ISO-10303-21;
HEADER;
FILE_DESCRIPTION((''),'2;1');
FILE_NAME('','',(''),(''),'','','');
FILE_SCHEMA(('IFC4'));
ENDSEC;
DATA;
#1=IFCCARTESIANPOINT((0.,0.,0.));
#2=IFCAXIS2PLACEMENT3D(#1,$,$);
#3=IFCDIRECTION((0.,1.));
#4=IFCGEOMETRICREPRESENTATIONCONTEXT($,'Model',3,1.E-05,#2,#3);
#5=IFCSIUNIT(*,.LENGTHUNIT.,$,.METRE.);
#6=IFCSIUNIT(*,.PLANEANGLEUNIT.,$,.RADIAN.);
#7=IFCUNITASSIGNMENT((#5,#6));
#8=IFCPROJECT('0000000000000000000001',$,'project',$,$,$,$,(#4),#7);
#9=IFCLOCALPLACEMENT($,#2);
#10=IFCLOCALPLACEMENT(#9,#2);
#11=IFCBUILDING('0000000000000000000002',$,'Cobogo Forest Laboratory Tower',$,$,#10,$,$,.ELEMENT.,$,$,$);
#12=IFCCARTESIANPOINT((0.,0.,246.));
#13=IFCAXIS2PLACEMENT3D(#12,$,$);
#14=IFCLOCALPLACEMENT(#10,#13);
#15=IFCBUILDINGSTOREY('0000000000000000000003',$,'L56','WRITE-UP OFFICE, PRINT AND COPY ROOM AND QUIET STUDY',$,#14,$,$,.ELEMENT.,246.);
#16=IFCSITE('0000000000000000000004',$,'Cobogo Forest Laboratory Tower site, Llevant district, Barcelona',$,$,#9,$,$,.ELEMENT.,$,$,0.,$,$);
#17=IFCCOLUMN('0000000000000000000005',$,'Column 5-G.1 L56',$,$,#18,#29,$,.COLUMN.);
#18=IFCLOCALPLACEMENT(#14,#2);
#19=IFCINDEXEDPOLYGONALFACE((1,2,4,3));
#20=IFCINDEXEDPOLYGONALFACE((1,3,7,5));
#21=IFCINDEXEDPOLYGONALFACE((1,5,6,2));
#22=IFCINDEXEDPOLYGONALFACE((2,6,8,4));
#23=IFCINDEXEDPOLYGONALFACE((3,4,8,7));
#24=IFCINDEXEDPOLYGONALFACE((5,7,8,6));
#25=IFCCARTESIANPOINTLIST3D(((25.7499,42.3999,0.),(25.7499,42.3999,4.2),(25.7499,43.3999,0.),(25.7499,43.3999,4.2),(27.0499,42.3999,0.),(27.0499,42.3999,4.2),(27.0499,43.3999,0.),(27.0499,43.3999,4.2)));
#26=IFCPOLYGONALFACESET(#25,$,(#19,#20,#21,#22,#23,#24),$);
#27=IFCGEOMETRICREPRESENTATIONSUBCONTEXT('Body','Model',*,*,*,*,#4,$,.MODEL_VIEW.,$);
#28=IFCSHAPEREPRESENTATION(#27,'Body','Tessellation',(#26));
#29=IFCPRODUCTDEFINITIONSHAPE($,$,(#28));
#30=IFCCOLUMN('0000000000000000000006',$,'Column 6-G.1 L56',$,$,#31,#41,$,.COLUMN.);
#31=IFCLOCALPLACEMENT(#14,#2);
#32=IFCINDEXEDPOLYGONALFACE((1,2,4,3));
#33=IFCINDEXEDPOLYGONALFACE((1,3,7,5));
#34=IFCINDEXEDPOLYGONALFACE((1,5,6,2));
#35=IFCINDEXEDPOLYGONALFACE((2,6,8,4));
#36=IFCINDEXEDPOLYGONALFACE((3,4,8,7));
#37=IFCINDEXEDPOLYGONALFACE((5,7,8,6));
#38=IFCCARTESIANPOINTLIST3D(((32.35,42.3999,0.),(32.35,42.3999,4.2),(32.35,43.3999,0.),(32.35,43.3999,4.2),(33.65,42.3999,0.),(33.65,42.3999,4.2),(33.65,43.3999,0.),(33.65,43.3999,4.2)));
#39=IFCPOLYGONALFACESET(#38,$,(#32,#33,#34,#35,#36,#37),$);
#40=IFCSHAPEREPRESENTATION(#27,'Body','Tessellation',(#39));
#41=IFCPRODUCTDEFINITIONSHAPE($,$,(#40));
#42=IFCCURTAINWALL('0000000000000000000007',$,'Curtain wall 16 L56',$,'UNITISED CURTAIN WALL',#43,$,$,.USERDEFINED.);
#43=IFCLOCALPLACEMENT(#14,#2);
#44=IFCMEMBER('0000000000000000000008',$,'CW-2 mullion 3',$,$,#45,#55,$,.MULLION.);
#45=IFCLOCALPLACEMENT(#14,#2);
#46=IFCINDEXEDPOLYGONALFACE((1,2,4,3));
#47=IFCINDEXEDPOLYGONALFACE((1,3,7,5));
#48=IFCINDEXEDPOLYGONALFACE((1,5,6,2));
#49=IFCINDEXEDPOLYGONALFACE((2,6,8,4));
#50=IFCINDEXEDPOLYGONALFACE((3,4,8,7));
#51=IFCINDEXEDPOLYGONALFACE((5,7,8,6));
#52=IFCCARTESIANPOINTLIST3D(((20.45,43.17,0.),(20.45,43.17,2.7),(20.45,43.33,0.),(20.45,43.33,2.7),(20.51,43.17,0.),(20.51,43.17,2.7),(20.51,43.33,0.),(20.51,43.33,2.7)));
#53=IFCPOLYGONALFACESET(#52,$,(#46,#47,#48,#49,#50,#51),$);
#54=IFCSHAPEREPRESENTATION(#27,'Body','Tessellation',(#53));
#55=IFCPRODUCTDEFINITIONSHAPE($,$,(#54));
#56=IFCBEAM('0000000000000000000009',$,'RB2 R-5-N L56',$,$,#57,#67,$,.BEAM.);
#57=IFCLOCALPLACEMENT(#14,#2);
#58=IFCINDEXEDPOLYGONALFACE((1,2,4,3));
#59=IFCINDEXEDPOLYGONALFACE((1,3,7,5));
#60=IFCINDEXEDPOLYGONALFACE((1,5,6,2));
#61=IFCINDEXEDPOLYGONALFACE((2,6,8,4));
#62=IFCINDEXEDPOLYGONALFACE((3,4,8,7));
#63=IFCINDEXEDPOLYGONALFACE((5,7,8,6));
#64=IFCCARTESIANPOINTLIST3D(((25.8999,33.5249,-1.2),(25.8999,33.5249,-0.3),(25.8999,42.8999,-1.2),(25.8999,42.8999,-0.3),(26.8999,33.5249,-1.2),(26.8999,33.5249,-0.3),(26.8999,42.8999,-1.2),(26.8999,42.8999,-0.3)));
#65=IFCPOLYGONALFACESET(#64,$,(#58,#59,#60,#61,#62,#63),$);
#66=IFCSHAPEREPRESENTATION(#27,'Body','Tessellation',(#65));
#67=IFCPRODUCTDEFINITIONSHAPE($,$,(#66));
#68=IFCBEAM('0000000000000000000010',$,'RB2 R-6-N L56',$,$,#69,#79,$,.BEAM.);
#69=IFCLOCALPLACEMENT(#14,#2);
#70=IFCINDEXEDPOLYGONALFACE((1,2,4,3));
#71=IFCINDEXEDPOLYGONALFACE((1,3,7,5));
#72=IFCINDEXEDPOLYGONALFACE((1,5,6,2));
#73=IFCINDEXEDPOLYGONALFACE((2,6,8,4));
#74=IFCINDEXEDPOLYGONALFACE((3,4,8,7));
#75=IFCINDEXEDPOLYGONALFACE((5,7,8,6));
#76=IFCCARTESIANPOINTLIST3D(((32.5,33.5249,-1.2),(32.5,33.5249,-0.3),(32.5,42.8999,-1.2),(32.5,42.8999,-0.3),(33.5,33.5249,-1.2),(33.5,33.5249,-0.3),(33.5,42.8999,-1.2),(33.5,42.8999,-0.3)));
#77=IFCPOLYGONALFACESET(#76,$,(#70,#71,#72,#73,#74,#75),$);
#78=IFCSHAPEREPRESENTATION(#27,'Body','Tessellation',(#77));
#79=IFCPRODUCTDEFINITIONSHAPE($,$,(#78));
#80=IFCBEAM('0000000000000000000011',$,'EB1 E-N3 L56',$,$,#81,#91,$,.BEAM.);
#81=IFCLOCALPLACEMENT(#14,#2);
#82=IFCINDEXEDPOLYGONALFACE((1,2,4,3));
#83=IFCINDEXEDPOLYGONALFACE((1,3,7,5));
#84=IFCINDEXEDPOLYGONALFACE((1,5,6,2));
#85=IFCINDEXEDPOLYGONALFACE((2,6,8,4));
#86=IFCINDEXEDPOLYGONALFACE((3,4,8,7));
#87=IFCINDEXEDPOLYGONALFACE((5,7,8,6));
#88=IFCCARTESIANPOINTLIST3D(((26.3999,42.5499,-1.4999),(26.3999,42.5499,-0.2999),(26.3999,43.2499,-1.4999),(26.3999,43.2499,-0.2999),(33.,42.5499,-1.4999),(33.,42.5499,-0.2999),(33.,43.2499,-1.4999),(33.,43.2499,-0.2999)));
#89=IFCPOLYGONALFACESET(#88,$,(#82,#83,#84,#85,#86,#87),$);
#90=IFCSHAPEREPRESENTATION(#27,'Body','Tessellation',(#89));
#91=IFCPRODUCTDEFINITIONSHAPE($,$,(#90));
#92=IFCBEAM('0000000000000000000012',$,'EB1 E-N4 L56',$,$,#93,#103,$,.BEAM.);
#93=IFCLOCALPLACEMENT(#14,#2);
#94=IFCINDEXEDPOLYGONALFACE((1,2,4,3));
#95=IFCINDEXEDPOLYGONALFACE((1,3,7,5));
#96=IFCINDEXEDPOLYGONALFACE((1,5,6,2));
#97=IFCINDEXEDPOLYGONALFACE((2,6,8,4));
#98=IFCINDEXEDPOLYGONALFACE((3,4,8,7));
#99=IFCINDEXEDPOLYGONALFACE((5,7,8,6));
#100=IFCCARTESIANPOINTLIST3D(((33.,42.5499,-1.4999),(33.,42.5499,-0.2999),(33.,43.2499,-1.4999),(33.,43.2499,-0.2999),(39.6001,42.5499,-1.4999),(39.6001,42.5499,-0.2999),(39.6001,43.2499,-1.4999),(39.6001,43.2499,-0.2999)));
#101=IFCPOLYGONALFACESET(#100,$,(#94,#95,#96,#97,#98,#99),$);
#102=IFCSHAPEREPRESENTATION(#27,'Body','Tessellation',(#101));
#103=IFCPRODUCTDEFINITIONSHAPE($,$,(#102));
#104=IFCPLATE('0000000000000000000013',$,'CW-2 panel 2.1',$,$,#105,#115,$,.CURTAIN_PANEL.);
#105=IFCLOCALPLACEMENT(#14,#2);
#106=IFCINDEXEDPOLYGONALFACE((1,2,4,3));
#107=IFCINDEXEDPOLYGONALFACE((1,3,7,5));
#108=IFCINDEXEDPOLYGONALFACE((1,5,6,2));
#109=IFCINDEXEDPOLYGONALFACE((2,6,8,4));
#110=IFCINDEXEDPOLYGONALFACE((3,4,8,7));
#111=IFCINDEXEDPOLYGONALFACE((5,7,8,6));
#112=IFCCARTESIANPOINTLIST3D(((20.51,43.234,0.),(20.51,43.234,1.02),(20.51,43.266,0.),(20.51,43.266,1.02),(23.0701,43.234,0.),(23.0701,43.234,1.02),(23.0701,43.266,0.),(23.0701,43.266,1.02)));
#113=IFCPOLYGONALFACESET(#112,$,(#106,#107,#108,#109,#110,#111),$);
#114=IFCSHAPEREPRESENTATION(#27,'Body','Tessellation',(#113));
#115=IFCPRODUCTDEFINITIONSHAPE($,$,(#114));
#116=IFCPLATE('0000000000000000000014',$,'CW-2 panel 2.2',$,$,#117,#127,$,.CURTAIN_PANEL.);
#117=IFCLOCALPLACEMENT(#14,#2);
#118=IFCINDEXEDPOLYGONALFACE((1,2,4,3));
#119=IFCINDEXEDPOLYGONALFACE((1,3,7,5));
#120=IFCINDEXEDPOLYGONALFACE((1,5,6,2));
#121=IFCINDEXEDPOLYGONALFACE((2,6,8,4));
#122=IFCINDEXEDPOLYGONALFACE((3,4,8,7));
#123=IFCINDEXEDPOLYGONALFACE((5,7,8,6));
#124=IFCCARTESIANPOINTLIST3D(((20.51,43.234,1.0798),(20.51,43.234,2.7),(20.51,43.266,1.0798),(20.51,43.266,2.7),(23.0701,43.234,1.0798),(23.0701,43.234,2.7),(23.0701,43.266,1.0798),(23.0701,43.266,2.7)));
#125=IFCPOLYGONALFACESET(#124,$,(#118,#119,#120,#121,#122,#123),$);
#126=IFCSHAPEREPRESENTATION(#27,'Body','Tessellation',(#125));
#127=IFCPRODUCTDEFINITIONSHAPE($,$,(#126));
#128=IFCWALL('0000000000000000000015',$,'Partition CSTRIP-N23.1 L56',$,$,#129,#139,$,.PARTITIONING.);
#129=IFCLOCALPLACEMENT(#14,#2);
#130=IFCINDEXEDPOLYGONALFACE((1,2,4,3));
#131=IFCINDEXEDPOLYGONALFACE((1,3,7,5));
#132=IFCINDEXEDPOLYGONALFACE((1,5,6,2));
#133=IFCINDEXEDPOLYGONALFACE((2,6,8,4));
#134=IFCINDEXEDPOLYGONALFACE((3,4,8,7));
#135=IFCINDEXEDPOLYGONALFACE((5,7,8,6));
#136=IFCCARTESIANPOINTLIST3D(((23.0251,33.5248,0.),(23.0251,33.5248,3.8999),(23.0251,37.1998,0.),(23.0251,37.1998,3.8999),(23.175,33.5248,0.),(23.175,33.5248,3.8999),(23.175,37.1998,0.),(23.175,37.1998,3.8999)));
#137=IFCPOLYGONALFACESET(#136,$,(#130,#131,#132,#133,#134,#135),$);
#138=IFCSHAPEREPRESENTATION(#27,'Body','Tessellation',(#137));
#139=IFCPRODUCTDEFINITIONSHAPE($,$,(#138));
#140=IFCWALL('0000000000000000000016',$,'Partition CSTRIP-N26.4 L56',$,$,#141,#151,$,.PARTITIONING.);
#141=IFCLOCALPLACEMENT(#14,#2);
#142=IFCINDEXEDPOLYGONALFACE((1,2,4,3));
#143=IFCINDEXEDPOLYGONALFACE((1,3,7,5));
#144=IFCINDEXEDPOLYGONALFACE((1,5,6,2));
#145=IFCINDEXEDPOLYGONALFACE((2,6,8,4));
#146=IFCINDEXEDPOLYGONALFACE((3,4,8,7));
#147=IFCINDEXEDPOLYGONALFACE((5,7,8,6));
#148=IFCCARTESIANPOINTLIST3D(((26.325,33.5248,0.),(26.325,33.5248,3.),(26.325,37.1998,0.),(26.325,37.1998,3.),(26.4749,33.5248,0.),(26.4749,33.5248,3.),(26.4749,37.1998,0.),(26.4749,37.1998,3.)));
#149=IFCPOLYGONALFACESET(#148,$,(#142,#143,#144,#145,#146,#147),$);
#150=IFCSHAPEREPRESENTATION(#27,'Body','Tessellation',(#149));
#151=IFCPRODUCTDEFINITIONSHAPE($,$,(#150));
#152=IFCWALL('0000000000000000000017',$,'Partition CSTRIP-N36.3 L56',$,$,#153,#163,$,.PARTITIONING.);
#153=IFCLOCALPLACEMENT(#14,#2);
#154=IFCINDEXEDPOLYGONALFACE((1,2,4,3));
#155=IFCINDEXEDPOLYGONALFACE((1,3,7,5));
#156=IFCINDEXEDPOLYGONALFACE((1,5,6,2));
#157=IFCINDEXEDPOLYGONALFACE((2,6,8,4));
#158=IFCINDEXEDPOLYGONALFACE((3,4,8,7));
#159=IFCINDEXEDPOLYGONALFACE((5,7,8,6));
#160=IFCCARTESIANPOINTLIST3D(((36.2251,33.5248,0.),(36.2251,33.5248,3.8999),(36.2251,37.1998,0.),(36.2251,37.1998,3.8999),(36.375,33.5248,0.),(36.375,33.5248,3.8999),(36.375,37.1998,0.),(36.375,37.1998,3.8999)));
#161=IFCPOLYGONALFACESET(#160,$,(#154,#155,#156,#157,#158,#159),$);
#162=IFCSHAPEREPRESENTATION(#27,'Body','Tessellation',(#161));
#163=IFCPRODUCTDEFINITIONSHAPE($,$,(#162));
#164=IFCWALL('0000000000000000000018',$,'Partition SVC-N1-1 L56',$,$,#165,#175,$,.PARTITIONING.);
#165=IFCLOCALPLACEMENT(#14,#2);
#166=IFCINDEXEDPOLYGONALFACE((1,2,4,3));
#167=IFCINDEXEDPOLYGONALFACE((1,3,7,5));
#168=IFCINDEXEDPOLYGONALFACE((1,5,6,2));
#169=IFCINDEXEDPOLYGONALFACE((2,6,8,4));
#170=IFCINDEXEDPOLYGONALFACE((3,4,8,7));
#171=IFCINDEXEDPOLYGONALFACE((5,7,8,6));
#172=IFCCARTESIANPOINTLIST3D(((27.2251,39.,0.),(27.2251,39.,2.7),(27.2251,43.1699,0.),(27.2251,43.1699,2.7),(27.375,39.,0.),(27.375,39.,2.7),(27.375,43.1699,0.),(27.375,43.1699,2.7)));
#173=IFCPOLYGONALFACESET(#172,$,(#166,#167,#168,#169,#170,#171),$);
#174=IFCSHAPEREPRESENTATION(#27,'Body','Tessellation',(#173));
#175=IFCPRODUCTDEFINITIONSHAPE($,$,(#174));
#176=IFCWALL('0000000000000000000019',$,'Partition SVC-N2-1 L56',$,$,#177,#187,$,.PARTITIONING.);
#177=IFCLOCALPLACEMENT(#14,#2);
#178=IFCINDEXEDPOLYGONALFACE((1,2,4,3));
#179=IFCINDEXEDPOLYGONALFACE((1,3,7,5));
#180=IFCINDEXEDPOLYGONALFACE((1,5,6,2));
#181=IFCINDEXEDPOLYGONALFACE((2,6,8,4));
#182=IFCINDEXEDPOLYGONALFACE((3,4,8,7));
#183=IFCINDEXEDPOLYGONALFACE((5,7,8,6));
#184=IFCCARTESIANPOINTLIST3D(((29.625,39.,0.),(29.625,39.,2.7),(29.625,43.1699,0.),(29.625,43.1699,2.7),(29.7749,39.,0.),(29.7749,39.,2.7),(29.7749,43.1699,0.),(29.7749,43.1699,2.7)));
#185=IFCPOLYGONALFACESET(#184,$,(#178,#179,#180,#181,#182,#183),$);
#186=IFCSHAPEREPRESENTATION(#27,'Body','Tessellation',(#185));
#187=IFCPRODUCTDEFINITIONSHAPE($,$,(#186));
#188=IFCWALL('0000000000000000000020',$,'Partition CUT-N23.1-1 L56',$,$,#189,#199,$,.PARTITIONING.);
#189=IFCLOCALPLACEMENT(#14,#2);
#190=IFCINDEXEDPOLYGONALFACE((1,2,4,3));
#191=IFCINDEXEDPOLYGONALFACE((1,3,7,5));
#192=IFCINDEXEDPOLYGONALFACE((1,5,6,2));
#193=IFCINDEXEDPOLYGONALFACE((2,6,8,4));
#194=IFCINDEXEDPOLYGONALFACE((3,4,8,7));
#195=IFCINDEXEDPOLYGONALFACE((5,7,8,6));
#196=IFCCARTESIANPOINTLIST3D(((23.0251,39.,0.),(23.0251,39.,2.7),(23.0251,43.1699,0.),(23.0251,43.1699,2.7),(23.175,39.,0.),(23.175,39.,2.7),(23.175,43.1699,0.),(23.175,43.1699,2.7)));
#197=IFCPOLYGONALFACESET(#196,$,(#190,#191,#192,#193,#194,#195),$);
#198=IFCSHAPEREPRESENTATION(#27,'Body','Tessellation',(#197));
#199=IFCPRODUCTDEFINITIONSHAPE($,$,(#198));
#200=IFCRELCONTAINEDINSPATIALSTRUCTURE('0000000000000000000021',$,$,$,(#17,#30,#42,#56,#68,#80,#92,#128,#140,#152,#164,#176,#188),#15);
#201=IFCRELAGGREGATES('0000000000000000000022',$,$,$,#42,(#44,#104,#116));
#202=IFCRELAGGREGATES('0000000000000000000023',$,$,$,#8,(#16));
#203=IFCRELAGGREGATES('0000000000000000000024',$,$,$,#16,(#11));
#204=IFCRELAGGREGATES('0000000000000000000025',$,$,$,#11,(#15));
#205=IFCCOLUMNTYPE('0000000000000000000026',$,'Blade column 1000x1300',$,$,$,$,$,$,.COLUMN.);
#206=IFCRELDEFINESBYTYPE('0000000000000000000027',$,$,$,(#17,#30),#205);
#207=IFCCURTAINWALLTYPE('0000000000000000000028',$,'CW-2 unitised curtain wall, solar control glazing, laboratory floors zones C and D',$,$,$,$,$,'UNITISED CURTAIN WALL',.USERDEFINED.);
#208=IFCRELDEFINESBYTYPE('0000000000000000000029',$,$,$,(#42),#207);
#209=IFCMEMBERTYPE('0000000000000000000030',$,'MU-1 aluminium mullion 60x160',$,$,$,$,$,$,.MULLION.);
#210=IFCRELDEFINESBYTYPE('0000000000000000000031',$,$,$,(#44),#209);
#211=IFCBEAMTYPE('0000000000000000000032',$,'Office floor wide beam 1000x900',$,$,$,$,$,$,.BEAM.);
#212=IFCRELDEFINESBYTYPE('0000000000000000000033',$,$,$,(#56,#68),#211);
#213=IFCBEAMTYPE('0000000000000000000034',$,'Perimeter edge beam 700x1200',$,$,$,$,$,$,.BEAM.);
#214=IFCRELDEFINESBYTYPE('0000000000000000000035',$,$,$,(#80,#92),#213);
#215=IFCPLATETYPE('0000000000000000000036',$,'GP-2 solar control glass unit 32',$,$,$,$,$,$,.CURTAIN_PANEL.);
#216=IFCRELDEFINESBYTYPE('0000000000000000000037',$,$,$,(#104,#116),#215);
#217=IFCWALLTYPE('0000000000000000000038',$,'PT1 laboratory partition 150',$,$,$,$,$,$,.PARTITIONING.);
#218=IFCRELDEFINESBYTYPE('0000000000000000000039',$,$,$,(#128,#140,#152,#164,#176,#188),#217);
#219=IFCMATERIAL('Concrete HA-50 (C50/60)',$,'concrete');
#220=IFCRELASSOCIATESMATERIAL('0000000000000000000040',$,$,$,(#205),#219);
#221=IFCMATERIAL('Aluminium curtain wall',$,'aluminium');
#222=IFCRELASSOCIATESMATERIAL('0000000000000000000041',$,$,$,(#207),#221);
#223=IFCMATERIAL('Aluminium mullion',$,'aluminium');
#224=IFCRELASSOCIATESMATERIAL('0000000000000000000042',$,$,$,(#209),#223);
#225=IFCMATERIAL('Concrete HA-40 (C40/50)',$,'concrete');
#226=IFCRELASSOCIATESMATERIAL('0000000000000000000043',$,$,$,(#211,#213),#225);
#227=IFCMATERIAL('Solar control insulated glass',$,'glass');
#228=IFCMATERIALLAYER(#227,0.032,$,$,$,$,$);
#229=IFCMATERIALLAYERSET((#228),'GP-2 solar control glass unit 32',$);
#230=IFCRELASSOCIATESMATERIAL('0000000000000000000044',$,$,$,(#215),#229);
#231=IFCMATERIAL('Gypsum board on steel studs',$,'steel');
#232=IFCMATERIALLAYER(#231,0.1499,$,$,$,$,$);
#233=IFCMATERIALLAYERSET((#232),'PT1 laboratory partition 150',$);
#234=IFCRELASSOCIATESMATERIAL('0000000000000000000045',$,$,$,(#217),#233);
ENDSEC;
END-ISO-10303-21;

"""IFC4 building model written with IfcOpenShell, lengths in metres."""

from ifc_helpers import new_model, si_unit, direction, frame, frame_2d, origin, origin_2d, place, context, subcontext, project, spatial, rectangle, extrude, material, layer, layer_set, material_profile, profile_set, type_object, element, aggregate, save


model = new_model("IFC4")

# Units and contexts
model_context = context("Model", 3, precision=1e-05, world=origin(), true_north=direction((0.0, 1.0)))
body_context = subcontext(model_context, "Body", "Model", "MODEL_VIEW")
ifc_project = project(units=[si_unit("LENGTHUNIT", "METRE"), si_unit("PLANEANGLEUNIT", "RADIAN")], contexts=[model_context])

# Site, building, storey
site_placement = place(None, origin())
site = spatial("IfcSite", under=ifc_project, at=site_placement, Name="Cobogo Forest Laboratory Tower site, Llevant district, Barcelona", CompositionType="ELEMENT", RefElevation=0.0)
building_placement = place(site_placement, origin())
building = spatial("IfcBuilding", under=site, at=building_placement, Name="Cobogo Forest Laboratory Tower", CompositionType="ELEMENT")
storey_placement = place(building_placement, frame((0.0, 0.0, 246.0)))
storey = spatial("IfcBuildingStorey", under=building, at=storey_placement, Name="L56", Description="WRITE-UP OFFICE, PRINT AND COPY ROOM AND QUIET STUDY", CompositionType="ELEMENT", Elevation=246.0)

# Columns
ifc_material_1 = material(Name="Concrete HA-50 (C50/60)", Category="concrete")
ifc_material_profile_1 = material_profile(ifc_material_1, rectangle(XDim=1.3, YDim=1.0, at=origin_2d()), Name="RC 1000x1300")
ifc_profile_set_1 = profile_set([ifc_material_profile_1], Name="Concrete HA-50 (C50/60)")
column_type = type_object("IfcColumnType", Name="Blade column 1000x1300", PredefinedType="COLUMN", material=ifc_profile_set_1)
for number, where, z_axis, x_axis, name in (
    (1, (26.3999, 42.8999, 0.0), (0.0, 0.0, 1.0), (1.0, 0.0, 0.0), "Column 5-G.1 L56"),
    (2, (33.0, 42.8999, 0.0), (0.0, 0.0, 1.0), (1.0, 0.0, 0.0), "Column 6-G.1 L56"),
):
    element("IfcColumn", number, at=place(storey_placement, frame(where, z_axis=z_axis, x_axis=x_axis)), inside=storey, type_object=column_type, Name=name, PredefinedType="COLUMN", context=body_context, shape_type="SweptSolid", body=[
        extrude(rectangle(XDim=1.3, YDim=1.0, at=origin_2d()), origin(), (0.0, 0.0, 1.0), 4.2),
    ])

# Curtain wall, member
ifc_material_2 = material(Name="Aluminium curtain wall", Category="aluminium")
curtain_wall_type = type_object("IfcCurtainWallType", Name="CW-2 unitised curtain wall, solar control glazing, laboratory floors zones C and D", ElementType="UNITISED CURTAIN WALL", PredefinedType="USERDEFINED", material=ifc_material_2)
curtain_wall_placement = place(storey_placement, origin())
curtain_wall = element("IfcCurtainWall", 3, at=curtain_wall_placement, inside=storey, type_object=curtain_wall_type, Name="Curtain wall 16 L56", ObjectType="UNITISED CURTAIN WALL", PredefinedType="USERDEFINED")
ifc_material_3 = material(Name="Aluminium mullion", Category="aluminium")
ifc_material_profile_2 = material_profile(ifc_material_3, rectangle(XDim=0.0601, YDim=0.1599, at=origin_2d()), Name="AL 60x160")
ifc_profile_set_2 = profile_set([ifc_material_profile_2], Name="Aluminium mullion")
member_type = type_object("IfcMemberType", Name="MU-1 aluminium mullion 60x160", PredefinedType="MULLION", material=ifc_profile_set_2)
member_placement = place(storey_placement, frame((20.48, 43.25, 0.0), z_axis=(0.0, 0.0, 1.0), x_axis=(-1.0, 0.0, 0.0)))
member = element("IfcMember", 4, at=member_placement, type_object=member_type, Name="CW-2 mullion 3", PredefinedType="MULLION", context=body_context, shape_type="SweptSolid", body=[
    extrude(rectangle(XDim=0.0601, YDim=0.1599, at=origin_2d()), origin(), (0.0, 0.0, 1.0), 2.7),
])

# Beams
ifc_material_4 = material(Name="Concrete HA-40 (C40/50)", Category="concrete")
ifc_material_profile_3 = material_profile(ifc_material_4, rectangle(XDim=1.0, YDim=0.8999, at=origin_2d()), Name="RC 1000x900")
ifc_profile_set_3 = profile_set([ifc_material_profile_3], Name="Concrete HA-40 (C40/50)")
beam_type_1 = type_object("IfcBeamType", Name="Office floor wide beam 1000x900", PredefinedType="BEAM", material=ifc_profile_set_3)
for number, where, z_axis, x_axis, name in (
    (5, (26.3999, 33.5249, -0.75), (0.0, 1.0, 0.0), (-1.0, 0.0, 0.0), "RB2 R-5-N L56"),
    (6, (33.0, 33.5249, -0.75), (0.0, 1.0, 0.0), (-1.0, 0.0, 0.0), "RB2 R-6-N L56"),
):
    element("IfcBeam", number, at=place(storey_placement, frame(where, z_axis=z_axis, x_axis=x_axis)), inside=storey, type_object=beam_type_1, Name=name, PredefinedType="BEAM", context=body_context, shape_type="SweptSolid", body=[
        extrude(rectangle(XDim=1.0, YDim=0.8999, at=origin_2d()), origin(), (0.0, 0.0, 1.0), 9.375),
    ])
ifc_material_profile_4 = material_profile(ifc_material_4, rectangle(XDim=0.7, YDim=1.2, at=origin_2d()), Name="RC 700x1200")
ifc_profile_set_4 = profile_set([ifc_material_profile_4], Name="Concrete HA-40 (C40/50)")
beam_type_2 = type_object("IfcBeamType", Name="Perimeter edge beam 700x1200", PredefinedType="BEAM", material=ifc_profile_set_4)
for number, where, z_axis, x_axis, name in (
    (7, (26.3999, 42.8999, -0.8999), (1.0, 0.0, 0.0), (0.0, 1.0, 0.0), "EB1 E-N3 L56"),
    (8, (33.0, 42.8999, -0.8999), (1.0, 0.0, 0.0), (0.0, 1.0, 0.0), "EB1 E-N4 L56"),
):
    element("IfcBeam", number, at=place(storey_placement, frame(where, z_axis=z_axis, x_axis=x_axis)), inside=storey, type_object=beam_type_2, Name=name, PredefinedType="BEAM", context=body_context, shape_type="SweptSolid", body=[
        extrude(rectangle(XDim=0.7, YDim=1.2, at=origin_2d()), origin(), (0.0, 0.0, 1.0), 6.6001),
    ])

# Plates
ifc_material_5 = material(Name="Solar control insulated glass", Category="glass")
ifc_layer_1 = layer(ifc_material_5, 0.032)
ifc_layer_set_1 = layer_set([ifc_layer_1], Name="GP-2 solar control glass unit 32")
plate_type = type_object("IfcPlateType", Name="GP-2 solar control glass unit 32", PredefinedType="CURTAIN_PANEL", material=ifc_layer_set_1)
plate_1_placement = place(storey_placement, frame((21.79, 43.25, 0.0), z_axis=(0.0, 0.0, 1.0), x_axis=(-1.0, 0.0, 0.0)))
plate_1 = element("IfcPlate", 9, at=plate_1_placement, type_object=plate_type, Name="CW-2 panel 2.1", PredefinedType="CURTAIN_PANEL", context=body_context, shape_type="SweptSolid", body=[
    extrude(rectangle(XDim=2.5601, YDim=0.032, at=origin_2d()), origin(), (0.0, 0.0, 1.0), 1.02),
])
plate_2_placement = place(storey_placement, frame((21.79, 43.25, 1.0798), z_axis=(0.0, 0.0, 1.0), x_axis=(-1.0, 0.0, 0.0)))
plate_2 = element("IfcPlate", 10, at=plate_2_placement, type_object=plate_type, Name="CW-2 panel 2.2", PredefinedType="CURTAIN_PANEL", context=body_context, shape_type="SweptSolid", body=[
    extrude(rectangle(XDim=2.5601, YDim=0.032, at=origin_2d()), origin(), (0.0, 0.0, 1.0), 1.6201),
])
aggregate(curtain_wall, [member, plate_1, plate_2])

# Walls
ifc_material_6 = material(Name="Gypsum board on steel studs", Category="steel")
ifc_layer_2 = layer(ifc_material_6, 0.1499)
ifc_layer_set_2 = layer_set([ifc_layer_2], Name="PT1 laboratory partition 150")
wall_type_1 = type_object("IfcWallType", Name="PT1 laboratory partition 150", PredefinedType="PARTITIONING", material=ifc_layer_set_2)
wall_1_placement = place(storey_placement, frame((23.1001, 33.5249, 0.0), z_axis=(0.0, 0.0, 1.0), x_axis=(0.0, 1.0, 0.0)))
element("IfcWall", 11, at=wall_1_placement, inside=storey, type_object=wall_type_1, Name="Partition CSTRIP-N23.1 L56", PredefinedType="PARTITIONING", context=body_context, shape_type="SweptSolid", body=[
    extrude(rectangle(XDim=3.675, YDim=0.1499, at=frame_2d((1.8374, 0.0))), origin(), (0.0, 0.0, 1.0), 3.8999),
])
wall_2_placement = place(storey_placement, frame((26.3999, 33.5249, 0.0), z_axis=(0.0, 0.0, 1.0), x_axis=(0.0, 1.0, 0.0)))
element("IfcWall", 12, at=wall_2_placement, inside=storey, type_object=wall_type_1, Name="Partition CSTRIP-N26.4 L56", PredefinedType="PARTITIONING", context=body_context, shape_type="SweptSolid", body=[
    extrude(rectangle(XDim=3.675, YDim=0.1499, at=frame_2d((1.8374, 0.0))), origin(), (0.0, 0.0, 1.0), 3.0),
])
wall_3_placement = place(storey_placement, frame((36.3, 33.5249, 0.0), z_axis=(0.0, 0.0, 1.0), x_axis=(0.0, 1.0, 0.0)))
element("IfcWall", 13, at=wall_3_placement, inside=storey, type_object=wall_type_1, Name="Partition CSTRIP-N36.3 L56", PredefinedType="PARTITIONING", context=body_context, shape_type="SweptSolid", body=[
    extrude(rectangle(XDim=3.675, YDim=0.1499, at=frame_2d((1.8374, 0.0))), origin(), (0.0, 0.0, 1.0), 3.8999),
])
for number, where, z_axis, x_axis, name in (
    (14, (27.3, 43.1699, 0.0), (0.0, 0.0, 1.0), (0.0, -1.0, 0.0), "Partition SVC-N1-1 L56"),
    (15, (29.7, 43.1699, 0.0), (0.0, 0.0, 1.0), (0.0, -1.0, 0.0), "Partition SVC-N2-1 L56"),
    (16, (23.1001, 43.1699, 0.0), (0.0, 0.0, 1.0), (0.0, -1.0, 0.0), "Partition CUT-N23.1-1 L56"),
):
    element("IfcWall", number, at=place(storey_placement, frame(where, z_axis=z_axis, x_axis=x_axis)), inside=storey, type_object=wall_type_1, Name=name, PredefinedType="PARTITIONING", context=body_context, shape_type="SweptSolid", body=[
        extrude(rectangle(XDim=4.1699, YDim=0.1499, at=frame_2d((2.085, 0.0))), origin(), (0.0, 0.0, 1.0), 2.7),
    ])

save(model, "model.ifc")
